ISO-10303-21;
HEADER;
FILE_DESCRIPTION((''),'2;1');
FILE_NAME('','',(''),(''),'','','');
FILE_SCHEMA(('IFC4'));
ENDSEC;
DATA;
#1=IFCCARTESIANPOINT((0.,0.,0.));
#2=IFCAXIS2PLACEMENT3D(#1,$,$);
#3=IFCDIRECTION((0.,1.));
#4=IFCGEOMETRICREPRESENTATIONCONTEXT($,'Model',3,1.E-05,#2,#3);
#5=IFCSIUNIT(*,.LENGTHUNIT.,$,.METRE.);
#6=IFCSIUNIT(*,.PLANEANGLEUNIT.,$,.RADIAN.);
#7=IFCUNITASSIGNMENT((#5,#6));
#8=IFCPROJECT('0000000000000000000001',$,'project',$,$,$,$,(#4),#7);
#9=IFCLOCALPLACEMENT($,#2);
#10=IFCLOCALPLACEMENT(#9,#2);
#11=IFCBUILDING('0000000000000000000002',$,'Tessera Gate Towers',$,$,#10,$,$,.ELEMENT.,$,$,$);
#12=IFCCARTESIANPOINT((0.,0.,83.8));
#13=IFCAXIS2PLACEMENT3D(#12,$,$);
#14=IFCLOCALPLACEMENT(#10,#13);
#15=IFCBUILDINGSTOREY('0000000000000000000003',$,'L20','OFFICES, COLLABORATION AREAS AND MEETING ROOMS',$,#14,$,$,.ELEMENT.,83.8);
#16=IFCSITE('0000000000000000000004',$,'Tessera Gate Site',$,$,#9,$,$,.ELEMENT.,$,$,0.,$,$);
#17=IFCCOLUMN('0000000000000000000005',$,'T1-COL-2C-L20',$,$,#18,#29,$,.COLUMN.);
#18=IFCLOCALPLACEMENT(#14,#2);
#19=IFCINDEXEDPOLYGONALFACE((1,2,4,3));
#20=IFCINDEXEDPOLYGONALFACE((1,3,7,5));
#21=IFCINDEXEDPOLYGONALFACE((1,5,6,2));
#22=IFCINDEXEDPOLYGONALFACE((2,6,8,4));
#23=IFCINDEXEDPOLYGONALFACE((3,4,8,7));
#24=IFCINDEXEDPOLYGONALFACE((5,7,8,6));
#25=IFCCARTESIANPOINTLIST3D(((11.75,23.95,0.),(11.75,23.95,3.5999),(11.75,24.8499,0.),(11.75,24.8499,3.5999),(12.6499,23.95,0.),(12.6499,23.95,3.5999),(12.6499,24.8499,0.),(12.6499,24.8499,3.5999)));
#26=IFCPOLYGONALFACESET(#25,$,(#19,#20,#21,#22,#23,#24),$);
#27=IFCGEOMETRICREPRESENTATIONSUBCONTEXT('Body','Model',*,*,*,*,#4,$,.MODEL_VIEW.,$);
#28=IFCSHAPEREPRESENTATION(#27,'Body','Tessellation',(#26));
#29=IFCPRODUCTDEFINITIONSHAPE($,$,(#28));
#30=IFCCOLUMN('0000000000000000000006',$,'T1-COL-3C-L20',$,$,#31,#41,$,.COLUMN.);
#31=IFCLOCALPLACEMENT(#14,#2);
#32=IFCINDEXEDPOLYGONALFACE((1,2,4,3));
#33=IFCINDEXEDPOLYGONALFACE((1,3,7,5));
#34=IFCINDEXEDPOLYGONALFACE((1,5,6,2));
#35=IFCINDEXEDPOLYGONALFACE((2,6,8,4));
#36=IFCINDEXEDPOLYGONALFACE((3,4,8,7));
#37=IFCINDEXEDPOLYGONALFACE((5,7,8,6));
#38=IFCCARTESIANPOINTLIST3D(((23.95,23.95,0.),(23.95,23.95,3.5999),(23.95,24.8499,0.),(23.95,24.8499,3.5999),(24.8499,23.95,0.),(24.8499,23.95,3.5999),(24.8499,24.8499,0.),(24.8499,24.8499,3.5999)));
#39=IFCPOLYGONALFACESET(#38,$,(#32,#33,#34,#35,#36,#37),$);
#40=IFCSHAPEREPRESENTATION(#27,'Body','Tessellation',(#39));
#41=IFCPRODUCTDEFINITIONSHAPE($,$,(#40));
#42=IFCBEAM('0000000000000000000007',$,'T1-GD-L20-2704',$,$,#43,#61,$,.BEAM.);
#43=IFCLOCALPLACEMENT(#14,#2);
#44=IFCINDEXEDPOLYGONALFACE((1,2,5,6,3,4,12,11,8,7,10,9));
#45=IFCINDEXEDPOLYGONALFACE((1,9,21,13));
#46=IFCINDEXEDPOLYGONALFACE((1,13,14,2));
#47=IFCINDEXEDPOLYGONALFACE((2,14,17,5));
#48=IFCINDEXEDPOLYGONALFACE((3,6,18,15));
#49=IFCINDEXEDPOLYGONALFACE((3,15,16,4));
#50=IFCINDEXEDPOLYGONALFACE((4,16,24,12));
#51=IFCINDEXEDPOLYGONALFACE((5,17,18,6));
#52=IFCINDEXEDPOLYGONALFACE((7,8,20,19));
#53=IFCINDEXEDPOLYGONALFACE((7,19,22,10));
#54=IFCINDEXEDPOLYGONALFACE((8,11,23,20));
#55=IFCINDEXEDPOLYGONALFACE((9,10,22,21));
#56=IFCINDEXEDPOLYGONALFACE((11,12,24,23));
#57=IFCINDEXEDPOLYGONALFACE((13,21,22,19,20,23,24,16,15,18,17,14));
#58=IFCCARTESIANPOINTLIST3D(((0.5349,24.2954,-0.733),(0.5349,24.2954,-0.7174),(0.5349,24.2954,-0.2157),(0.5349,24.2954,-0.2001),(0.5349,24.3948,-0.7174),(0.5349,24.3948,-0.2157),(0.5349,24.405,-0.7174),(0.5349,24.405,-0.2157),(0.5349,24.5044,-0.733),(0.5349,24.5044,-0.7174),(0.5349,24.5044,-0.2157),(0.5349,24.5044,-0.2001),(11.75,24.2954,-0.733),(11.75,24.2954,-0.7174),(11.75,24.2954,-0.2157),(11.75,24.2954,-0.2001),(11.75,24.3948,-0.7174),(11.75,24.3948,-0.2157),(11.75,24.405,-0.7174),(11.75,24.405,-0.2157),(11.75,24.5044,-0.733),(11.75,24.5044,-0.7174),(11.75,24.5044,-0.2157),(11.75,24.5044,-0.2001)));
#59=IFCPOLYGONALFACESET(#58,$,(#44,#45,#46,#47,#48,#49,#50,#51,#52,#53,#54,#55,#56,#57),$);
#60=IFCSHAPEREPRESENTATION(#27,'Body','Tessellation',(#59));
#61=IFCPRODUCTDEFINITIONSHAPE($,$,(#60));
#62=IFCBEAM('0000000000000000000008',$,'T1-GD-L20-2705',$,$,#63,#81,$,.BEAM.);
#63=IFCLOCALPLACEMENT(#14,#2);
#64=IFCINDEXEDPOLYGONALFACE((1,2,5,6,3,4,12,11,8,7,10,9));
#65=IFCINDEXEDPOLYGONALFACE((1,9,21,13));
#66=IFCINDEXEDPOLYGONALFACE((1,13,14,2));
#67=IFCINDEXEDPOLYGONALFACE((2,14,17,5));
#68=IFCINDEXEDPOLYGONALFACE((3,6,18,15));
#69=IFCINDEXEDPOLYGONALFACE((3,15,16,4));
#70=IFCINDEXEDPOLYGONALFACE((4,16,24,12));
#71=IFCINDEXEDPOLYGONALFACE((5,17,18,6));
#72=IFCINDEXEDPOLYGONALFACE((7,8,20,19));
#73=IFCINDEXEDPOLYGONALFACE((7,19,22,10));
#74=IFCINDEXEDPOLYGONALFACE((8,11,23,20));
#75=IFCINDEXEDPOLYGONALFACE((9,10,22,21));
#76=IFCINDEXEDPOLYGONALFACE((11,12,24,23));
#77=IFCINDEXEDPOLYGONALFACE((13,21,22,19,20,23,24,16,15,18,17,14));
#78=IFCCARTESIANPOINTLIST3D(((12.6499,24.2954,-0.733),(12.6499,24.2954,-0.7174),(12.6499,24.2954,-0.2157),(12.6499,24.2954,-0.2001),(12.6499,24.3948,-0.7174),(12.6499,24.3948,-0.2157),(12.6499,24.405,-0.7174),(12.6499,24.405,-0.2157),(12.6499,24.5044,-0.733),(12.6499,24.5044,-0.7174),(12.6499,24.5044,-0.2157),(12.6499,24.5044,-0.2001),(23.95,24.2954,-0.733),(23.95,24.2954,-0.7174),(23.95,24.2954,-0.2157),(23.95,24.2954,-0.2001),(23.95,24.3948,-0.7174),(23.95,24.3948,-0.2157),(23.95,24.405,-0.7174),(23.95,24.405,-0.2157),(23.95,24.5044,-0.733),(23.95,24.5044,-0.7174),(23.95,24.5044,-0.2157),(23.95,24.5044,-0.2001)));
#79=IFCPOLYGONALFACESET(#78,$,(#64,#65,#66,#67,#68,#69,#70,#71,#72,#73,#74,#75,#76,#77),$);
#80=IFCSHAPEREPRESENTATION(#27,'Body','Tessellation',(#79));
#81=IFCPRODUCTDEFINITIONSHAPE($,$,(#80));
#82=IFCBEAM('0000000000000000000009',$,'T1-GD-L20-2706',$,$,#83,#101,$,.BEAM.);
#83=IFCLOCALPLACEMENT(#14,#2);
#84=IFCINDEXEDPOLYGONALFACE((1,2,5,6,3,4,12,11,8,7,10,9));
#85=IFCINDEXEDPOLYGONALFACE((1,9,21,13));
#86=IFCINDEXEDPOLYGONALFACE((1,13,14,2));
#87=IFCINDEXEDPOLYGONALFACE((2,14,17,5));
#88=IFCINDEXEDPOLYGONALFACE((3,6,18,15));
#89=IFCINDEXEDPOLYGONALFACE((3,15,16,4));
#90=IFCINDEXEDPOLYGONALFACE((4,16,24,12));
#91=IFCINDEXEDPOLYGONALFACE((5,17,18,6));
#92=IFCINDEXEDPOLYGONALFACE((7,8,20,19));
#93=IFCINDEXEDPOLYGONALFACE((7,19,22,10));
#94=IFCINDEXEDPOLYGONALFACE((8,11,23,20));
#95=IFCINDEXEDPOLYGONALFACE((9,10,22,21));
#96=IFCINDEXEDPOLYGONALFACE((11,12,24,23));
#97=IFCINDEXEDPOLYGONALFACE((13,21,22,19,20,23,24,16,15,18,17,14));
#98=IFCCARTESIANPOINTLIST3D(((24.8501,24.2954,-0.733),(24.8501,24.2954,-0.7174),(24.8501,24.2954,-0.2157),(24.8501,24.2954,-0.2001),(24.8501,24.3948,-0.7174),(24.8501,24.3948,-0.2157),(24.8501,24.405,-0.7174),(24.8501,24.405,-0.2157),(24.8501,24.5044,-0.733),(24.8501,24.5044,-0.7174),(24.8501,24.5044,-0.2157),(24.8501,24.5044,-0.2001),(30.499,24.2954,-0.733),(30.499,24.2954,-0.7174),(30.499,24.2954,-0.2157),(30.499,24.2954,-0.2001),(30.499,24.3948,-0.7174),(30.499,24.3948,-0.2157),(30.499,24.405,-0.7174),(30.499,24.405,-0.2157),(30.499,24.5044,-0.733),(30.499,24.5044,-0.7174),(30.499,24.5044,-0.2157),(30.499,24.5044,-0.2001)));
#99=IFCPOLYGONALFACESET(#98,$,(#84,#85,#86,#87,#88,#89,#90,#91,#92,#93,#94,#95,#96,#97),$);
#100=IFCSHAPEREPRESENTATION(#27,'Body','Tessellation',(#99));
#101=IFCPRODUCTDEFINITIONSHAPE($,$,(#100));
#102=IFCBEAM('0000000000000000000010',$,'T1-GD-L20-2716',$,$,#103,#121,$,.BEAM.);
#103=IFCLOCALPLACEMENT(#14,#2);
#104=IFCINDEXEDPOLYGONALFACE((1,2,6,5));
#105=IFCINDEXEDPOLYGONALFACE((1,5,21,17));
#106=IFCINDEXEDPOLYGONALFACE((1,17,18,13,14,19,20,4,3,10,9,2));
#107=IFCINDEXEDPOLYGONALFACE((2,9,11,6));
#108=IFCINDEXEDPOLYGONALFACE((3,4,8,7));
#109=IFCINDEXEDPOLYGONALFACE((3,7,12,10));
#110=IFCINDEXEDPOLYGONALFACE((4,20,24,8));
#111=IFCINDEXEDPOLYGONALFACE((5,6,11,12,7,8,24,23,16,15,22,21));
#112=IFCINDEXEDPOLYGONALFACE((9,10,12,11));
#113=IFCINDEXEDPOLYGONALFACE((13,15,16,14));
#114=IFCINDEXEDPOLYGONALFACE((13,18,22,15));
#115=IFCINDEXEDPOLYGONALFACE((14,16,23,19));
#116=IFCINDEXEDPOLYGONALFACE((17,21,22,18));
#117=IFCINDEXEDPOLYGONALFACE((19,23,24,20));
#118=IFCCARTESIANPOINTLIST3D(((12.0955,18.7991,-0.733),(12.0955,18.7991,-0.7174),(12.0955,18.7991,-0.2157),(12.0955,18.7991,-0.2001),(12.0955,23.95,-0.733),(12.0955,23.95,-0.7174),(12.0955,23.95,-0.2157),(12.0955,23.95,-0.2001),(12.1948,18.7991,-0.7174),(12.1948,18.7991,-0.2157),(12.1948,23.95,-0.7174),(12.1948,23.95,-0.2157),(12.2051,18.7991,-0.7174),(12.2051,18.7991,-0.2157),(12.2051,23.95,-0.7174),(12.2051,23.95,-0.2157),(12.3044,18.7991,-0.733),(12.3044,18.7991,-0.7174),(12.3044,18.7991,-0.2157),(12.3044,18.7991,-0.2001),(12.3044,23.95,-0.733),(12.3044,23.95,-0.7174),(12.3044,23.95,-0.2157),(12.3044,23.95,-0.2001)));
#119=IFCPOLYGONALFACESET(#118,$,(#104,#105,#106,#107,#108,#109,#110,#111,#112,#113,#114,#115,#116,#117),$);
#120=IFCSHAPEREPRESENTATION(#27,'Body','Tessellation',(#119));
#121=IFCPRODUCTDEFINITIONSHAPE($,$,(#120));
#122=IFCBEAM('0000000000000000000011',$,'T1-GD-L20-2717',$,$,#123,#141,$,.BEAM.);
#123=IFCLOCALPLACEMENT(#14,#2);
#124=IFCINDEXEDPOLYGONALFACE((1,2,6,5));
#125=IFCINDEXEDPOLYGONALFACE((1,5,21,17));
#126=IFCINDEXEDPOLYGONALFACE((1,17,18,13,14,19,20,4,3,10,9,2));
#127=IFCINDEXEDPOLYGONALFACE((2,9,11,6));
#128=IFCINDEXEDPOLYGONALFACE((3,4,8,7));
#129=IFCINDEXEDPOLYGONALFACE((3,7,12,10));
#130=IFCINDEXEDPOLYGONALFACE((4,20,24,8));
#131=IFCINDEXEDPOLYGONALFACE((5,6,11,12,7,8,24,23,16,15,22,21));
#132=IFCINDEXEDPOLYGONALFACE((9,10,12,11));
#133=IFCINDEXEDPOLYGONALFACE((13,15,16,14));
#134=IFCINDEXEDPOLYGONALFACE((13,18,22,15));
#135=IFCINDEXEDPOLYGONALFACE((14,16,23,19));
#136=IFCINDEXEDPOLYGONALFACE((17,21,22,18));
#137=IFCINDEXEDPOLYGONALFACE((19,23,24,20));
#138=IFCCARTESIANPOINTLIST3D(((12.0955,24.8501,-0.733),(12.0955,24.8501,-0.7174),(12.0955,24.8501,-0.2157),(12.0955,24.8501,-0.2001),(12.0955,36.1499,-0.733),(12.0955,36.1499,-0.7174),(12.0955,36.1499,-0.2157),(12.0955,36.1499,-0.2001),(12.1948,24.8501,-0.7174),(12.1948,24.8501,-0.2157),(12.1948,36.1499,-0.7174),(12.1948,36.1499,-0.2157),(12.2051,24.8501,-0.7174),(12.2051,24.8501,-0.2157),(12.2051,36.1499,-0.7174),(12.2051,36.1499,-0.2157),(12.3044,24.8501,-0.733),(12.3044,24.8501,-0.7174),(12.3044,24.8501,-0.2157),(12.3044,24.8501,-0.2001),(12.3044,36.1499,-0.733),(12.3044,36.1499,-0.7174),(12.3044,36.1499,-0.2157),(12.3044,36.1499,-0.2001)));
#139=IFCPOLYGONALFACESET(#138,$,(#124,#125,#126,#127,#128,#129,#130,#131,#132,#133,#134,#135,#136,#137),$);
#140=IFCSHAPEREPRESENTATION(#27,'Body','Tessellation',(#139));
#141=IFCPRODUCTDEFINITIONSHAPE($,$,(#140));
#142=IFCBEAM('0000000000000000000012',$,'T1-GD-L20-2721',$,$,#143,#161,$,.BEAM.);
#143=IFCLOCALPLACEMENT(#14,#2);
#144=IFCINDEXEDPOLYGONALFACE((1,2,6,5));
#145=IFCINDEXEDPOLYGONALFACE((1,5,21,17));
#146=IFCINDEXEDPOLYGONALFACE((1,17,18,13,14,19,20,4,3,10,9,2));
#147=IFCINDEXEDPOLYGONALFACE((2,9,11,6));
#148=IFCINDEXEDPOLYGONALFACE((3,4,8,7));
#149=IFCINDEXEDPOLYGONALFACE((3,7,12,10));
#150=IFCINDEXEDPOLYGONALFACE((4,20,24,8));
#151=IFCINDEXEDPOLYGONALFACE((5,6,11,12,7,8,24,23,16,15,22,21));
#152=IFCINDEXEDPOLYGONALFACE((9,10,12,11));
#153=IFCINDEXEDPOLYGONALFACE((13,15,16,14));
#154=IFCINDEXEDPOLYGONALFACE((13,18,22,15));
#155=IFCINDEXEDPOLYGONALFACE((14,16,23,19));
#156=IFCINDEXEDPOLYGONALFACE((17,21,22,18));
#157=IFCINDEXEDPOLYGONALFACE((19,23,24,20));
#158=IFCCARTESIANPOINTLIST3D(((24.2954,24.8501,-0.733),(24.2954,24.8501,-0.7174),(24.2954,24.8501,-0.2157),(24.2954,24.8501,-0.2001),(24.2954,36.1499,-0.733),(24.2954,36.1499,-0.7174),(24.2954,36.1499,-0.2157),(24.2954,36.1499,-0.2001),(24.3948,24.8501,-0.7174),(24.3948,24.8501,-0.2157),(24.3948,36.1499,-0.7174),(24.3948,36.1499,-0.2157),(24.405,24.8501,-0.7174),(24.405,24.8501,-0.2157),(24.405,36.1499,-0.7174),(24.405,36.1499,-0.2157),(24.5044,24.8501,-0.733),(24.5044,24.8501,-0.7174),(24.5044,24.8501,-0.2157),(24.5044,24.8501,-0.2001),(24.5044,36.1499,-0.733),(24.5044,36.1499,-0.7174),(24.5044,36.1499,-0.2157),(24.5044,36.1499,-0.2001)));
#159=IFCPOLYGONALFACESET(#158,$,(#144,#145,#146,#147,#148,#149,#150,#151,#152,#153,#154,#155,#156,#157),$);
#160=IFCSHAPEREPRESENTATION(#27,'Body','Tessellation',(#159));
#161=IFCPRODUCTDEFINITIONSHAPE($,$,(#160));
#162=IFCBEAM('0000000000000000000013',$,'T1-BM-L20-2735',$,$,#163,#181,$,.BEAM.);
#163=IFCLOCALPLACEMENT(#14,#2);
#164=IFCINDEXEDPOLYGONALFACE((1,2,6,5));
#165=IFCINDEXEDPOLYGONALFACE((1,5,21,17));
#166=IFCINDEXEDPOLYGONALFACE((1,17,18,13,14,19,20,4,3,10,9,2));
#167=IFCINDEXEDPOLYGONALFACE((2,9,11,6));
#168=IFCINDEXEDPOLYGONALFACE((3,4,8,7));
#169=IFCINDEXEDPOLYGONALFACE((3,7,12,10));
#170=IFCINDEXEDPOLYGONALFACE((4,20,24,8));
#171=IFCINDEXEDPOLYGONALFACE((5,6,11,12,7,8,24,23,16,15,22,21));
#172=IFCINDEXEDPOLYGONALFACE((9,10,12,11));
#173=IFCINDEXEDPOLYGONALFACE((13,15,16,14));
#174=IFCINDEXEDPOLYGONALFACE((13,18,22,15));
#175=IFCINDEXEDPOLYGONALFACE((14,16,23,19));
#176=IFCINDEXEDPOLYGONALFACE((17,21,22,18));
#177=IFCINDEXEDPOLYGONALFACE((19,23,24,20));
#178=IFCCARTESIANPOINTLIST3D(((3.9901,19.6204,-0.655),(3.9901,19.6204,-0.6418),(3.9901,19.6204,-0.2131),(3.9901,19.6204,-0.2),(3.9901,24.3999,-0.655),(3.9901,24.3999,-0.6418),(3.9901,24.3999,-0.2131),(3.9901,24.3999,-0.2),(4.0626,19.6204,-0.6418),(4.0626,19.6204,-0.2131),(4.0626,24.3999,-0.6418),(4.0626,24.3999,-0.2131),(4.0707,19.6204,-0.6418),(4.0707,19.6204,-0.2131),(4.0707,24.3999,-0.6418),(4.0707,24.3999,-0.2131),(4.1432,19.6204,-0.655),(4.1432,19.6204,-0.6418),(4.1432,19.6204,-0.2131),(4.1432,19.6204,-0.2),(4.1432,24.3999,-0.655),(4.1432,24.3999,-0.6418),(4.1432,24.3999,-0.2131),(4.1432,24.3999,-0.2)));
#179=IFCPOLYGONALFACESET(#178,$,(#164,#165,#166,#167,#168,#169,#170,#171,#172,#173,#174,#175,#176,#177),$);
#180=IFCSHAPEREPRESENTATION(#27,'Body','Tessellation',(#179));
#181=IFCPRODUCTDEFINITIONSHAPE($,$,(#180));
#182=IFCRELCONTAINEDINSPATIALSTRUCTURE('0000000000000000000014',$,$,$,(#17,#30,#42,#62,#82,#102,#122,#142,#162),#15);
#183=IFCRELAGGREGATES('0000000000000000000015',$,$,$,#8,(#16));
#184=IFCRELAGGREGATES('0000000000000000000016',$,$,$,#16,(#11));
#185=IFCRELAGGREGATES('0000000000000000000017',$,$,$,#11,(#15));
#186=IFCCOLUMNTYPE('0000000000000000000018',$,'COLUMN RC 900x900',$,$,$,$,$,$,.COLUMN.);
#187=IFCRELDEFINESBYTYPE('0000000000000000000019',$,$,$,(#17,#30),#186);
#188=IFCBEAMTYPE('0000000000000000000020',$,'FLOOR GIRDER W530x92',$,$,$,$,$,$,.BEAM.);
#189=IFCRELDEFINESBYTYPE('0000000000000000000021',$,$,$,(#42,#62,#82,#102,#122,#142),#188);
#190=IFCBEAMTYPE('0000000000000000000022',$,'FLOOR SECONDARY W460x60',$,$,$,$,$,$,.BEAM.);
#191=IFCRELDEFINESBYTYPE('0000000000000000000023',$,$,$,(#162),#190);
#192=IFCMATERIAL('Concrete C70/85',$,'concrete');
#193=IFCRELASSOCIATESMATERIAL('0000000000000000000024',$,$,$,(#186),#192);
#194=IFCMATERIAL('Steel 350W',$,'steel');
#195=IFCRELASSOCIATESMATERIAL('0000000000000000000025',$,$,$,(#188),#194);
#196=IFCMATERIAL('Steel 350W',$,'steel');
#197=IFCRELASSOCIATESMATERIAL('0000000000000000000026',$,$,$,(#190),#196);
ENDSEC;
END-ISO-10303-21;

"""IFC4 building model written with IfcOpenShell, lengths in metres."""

from ifc_helpers import new_model, si_unit, direction, frame, origin, origin_2d, place, context, subcontext, project, spatial, rectangle, i_section, extrude, material, material_profile, profile_set, type_object, element, save


model = new_model("IFC4")

# Units and contexts
model_context = context("Model", 3, precision=1e-05, world=origin(), true_north=direction((0.0, 1.0)))
body_context = subcontext(model_context, "Body", "Model", "MODEL_VIEW")
ifc_project = project(units=[si_unit("LENGTHUNIT", "METRE"), si_unit("PLANEANGLEUNIT", "RADIAN")], contexts=[model_context])

# Site, building, storey
site_placement = place(None, origin())
site = spatial("IfcSite", under=ifc_project, at=site_placement, Name="Tessera Gate Site", CompositionType="ELEMENT", RefElevation=0.0)
building_placement = place(site_placement, origin())
building = spatial("IfcBuilding", under=site, at=building_placement, Name="Tessera Gate Towers", CompositionType="ELEMENT")
storey_placement = place(building_placement, frame((0.0, 0.0, 83.8)))
storey = spatial("IfcBuildingStorey", under=building, at=storey_placement, Name="L20", Description="OFFICES, COLLABORATION AREAS AND MEETING ROOMS", CompositionType="ELEMENT", Elevation=83.8)

# Columns
ifc_material_1 = material(Name="Concrete C70/85", Category="concrete")
ifc_material_profile_1 = material_profile(ifc_material_1, rectangle(XDim=0.8999, YDim=0.8999, at=origin_2d()), Name="RC 900x900")
ifc_profile_set_1 = profile_set([ifc_material_profile_1], Name="Concrete C70/85")
column_type = type_object("IfcColumnType", Name="COLUMN RC 900x900", PredefinedType="COLUMN", material=ifc_profile_set_1)
for number, where, z_axis, x_axis, name in (
    (1, (12.2, 24.3999, 0.0), (0.0, 0.0, 1.0), (1.0, 0.0, 0.0), "T1-COL-2C-L20"),
    (2, (24.3999, 24.3999, 0.0), (0.0, 0.0, 1.0), (1.0, 0.0, 0.0), "T1-COL-3C-L20"),
):
    element("IfcColumn", number, at=place(storey_placement, frame(where, z_axis=z_axis, x_axis=x_axis)), inside=storey, type_object=column_type, Name=name, PredefinedType="COLUMN", context=body_context, shape_type="SweptSolid", body=[
        extrude(rectangle(XDim=0.8999, YDim=0.8999, at=origin_2d()), origin(), (0.0, 0.0, 1.0), 3.5999),
    ])

# Beams
ifc_material_2 = material(Name="Steel 350W", Category="steel")
ifc_material_profile_2 = material_profile(ifc_material_2, i_section(OverallWidth=0.209, OverallDepth=0.533, WebThickness=0.0103, FlangeThickness=0.0156, at=origin_2d()), Name="W530x92")
ifc_profile_set_2 = profile_set([ifc_material_profile_2], Name="Steel 350W")
beam_type_1 = type_object("IfcBeamType", Name="FLOOR GIRDER W530x92", PredefinedType="BEAM", material=ifc_profile_set_2)
beam_1_placement = place(storey_placement, frame((0.5349, 24.3999, -0.4666), z_axis=(1.0, 0.0, 0.0), x_axis=(0.0, 1.0, 0.0)))
element("IfcBeam", 3, at=beam_1_placement, inside=storey, type_object=beam_type_1, Name="T1-GD-L20-2704", PredefinedType="BEAM", context=body_context, shape_type="SweptSolid", body=[
    extrude(i_section(OverallWidth=0.209, OverallDepth=0.533, WebThickness=0.0103, FlangeThickness=0.0156, at=origin_2d()), origin(), (0.0, 0.0, 1.0), 11.2151),
])
beam_2_placement = place(storey_placement, frame((12.6499, 24.3999, -0.4666), z_axis=(1.0, 0.0, 0.0), x_axis=(0.0, 1.0, 0.0)))
element("IfcBeam", 4, at=beam_2_placement, inside=storey, type_object=beam_type_1, Name="T1-GD-L20-2705", PredefinedType="BEAM", context=body_context, shape_type="SweptSolid", body=[
    extrude(i_section(OverallWidth=0.209, OverallDepth=0.533, WebThickness=0.0103, FlangeThickness=0.0156, at=origin_2d()), origin(), (0.0, 0.0, 1.0), 11.3),
])
beam_3_placement = place(storey_placement, frame((24.8501, 24.3999, -0.4666), z_axis=(1.0, 0.0, 0.0), x_axis=(0.0, 1.0, 0.0)))
element("IfcBeam", 5, at=beam_3_placement, inside=storey, type_object=beam_type_1, Name="T1-GD-L20-2706", PredefinedType="BEAM", context=body_context, shape_type="SweptSolid", body=[
    extrude(i_section(OverallWidth=0.209, OverallDepth=0.533, WebThickness=0.0103, FlangeThickness=0.0156, at=origin_2d()), origin(), (0.0, 0.0, 1.0), 5.6489),
])
beam_4_placement = place(storey_placement, frame((12.2, 18.7991, -0.4666), z_axis=(0.0, 1.0, 0.0), x_axis=(-1.0, 0.0, 0.0)))
element("IfcBeam", 6, at=beam_4_placement, inside=storey, type_object=beam_type_1, Name="T1-GD-L20-2716", PredefinedType="BEAM", context=body_context, shape_type="SweptSolid", body=[
    extrude(i_section(OverallWidth=0.209, OverallDepth=0.533, WebThickness=0.0103, FlangeThickness=0.0156, at=origin_2d()), origin(), (0.0, 0.0, 1.0), 5.1509),
])
for number, where, z_axis, x_axis, name in (
    (7, (12.2, 24.8501, -0.4666), (0.0, 1.0, 0.0), (-1.0, 0.0, 0.0), "T1-GD-L20-2717"),
    (8, (24.3999, 24.8501, -0.4666), (0.0, 1.0, 0.0), (-1.0, 0.0, 0.0), "T1-GD-L20-2721"),
):
    element("IfcBeam", number, at=place(storey_placement, frame(where, z_axis=z_axis, x_axis=x_axis)), inside=storey, type_object=beam_type_1, Name=name, PredefinedType="BEAM", context=body_context, shape_type="SweptSolid", body=[
        extrude(i_section(OverallWidth=0.209, OverallDepth=0.533, WebThickness=0.0103, FlangeThickness=0.0156, at=origin_2d()), origin(), (0.0, 0.0, 1.0), 11.2998),
    ])
ifc_material_3 = material(Name="Steel 350W", Category="steel")
ifc_material_profile_3 = material_profile(ifc_material_3, i_section(OverallWidth=0.1531, OverallDepth=0.4551, WebThickness=0.0081, FlangeThickness=0.0132, at=origin_2d()), Name="W460x60")
ifc_profile_set_3 = profile_set([ifc_material_profile_3], Name="Steel 350W")
beam_type_2 = type_object("IfcBeamType", Name="FLOOR SECONDARY W460x60", PredefinedType="BEAM", material=ifc_profile_set_3)
beam_5_placement = place(storey_placement, frame((4.0667, 19.6204, -0.4275), z_axis=(0.0, 1.0, 0.0), x_axis=(-1.0, 0.0, 0.0)))
element("IfcBeam", 9, at=beam_5_placement, inside=storey, type_object=beam_type_2, Name="T1-BM-L20-2735", PredefinedType="BEAM", context=body_context, shape_type="SweptSolid", body=[
    extrude(i_section(OverallWidth=0.1531, OverallDepth=0.4551, WebThickness=0.0081, FlangeThickness=0.0132, at=origin_2d()), origin(), (0.0, 0.0, 1.0), 4.7795),
])

save(model, "model.ifc")
